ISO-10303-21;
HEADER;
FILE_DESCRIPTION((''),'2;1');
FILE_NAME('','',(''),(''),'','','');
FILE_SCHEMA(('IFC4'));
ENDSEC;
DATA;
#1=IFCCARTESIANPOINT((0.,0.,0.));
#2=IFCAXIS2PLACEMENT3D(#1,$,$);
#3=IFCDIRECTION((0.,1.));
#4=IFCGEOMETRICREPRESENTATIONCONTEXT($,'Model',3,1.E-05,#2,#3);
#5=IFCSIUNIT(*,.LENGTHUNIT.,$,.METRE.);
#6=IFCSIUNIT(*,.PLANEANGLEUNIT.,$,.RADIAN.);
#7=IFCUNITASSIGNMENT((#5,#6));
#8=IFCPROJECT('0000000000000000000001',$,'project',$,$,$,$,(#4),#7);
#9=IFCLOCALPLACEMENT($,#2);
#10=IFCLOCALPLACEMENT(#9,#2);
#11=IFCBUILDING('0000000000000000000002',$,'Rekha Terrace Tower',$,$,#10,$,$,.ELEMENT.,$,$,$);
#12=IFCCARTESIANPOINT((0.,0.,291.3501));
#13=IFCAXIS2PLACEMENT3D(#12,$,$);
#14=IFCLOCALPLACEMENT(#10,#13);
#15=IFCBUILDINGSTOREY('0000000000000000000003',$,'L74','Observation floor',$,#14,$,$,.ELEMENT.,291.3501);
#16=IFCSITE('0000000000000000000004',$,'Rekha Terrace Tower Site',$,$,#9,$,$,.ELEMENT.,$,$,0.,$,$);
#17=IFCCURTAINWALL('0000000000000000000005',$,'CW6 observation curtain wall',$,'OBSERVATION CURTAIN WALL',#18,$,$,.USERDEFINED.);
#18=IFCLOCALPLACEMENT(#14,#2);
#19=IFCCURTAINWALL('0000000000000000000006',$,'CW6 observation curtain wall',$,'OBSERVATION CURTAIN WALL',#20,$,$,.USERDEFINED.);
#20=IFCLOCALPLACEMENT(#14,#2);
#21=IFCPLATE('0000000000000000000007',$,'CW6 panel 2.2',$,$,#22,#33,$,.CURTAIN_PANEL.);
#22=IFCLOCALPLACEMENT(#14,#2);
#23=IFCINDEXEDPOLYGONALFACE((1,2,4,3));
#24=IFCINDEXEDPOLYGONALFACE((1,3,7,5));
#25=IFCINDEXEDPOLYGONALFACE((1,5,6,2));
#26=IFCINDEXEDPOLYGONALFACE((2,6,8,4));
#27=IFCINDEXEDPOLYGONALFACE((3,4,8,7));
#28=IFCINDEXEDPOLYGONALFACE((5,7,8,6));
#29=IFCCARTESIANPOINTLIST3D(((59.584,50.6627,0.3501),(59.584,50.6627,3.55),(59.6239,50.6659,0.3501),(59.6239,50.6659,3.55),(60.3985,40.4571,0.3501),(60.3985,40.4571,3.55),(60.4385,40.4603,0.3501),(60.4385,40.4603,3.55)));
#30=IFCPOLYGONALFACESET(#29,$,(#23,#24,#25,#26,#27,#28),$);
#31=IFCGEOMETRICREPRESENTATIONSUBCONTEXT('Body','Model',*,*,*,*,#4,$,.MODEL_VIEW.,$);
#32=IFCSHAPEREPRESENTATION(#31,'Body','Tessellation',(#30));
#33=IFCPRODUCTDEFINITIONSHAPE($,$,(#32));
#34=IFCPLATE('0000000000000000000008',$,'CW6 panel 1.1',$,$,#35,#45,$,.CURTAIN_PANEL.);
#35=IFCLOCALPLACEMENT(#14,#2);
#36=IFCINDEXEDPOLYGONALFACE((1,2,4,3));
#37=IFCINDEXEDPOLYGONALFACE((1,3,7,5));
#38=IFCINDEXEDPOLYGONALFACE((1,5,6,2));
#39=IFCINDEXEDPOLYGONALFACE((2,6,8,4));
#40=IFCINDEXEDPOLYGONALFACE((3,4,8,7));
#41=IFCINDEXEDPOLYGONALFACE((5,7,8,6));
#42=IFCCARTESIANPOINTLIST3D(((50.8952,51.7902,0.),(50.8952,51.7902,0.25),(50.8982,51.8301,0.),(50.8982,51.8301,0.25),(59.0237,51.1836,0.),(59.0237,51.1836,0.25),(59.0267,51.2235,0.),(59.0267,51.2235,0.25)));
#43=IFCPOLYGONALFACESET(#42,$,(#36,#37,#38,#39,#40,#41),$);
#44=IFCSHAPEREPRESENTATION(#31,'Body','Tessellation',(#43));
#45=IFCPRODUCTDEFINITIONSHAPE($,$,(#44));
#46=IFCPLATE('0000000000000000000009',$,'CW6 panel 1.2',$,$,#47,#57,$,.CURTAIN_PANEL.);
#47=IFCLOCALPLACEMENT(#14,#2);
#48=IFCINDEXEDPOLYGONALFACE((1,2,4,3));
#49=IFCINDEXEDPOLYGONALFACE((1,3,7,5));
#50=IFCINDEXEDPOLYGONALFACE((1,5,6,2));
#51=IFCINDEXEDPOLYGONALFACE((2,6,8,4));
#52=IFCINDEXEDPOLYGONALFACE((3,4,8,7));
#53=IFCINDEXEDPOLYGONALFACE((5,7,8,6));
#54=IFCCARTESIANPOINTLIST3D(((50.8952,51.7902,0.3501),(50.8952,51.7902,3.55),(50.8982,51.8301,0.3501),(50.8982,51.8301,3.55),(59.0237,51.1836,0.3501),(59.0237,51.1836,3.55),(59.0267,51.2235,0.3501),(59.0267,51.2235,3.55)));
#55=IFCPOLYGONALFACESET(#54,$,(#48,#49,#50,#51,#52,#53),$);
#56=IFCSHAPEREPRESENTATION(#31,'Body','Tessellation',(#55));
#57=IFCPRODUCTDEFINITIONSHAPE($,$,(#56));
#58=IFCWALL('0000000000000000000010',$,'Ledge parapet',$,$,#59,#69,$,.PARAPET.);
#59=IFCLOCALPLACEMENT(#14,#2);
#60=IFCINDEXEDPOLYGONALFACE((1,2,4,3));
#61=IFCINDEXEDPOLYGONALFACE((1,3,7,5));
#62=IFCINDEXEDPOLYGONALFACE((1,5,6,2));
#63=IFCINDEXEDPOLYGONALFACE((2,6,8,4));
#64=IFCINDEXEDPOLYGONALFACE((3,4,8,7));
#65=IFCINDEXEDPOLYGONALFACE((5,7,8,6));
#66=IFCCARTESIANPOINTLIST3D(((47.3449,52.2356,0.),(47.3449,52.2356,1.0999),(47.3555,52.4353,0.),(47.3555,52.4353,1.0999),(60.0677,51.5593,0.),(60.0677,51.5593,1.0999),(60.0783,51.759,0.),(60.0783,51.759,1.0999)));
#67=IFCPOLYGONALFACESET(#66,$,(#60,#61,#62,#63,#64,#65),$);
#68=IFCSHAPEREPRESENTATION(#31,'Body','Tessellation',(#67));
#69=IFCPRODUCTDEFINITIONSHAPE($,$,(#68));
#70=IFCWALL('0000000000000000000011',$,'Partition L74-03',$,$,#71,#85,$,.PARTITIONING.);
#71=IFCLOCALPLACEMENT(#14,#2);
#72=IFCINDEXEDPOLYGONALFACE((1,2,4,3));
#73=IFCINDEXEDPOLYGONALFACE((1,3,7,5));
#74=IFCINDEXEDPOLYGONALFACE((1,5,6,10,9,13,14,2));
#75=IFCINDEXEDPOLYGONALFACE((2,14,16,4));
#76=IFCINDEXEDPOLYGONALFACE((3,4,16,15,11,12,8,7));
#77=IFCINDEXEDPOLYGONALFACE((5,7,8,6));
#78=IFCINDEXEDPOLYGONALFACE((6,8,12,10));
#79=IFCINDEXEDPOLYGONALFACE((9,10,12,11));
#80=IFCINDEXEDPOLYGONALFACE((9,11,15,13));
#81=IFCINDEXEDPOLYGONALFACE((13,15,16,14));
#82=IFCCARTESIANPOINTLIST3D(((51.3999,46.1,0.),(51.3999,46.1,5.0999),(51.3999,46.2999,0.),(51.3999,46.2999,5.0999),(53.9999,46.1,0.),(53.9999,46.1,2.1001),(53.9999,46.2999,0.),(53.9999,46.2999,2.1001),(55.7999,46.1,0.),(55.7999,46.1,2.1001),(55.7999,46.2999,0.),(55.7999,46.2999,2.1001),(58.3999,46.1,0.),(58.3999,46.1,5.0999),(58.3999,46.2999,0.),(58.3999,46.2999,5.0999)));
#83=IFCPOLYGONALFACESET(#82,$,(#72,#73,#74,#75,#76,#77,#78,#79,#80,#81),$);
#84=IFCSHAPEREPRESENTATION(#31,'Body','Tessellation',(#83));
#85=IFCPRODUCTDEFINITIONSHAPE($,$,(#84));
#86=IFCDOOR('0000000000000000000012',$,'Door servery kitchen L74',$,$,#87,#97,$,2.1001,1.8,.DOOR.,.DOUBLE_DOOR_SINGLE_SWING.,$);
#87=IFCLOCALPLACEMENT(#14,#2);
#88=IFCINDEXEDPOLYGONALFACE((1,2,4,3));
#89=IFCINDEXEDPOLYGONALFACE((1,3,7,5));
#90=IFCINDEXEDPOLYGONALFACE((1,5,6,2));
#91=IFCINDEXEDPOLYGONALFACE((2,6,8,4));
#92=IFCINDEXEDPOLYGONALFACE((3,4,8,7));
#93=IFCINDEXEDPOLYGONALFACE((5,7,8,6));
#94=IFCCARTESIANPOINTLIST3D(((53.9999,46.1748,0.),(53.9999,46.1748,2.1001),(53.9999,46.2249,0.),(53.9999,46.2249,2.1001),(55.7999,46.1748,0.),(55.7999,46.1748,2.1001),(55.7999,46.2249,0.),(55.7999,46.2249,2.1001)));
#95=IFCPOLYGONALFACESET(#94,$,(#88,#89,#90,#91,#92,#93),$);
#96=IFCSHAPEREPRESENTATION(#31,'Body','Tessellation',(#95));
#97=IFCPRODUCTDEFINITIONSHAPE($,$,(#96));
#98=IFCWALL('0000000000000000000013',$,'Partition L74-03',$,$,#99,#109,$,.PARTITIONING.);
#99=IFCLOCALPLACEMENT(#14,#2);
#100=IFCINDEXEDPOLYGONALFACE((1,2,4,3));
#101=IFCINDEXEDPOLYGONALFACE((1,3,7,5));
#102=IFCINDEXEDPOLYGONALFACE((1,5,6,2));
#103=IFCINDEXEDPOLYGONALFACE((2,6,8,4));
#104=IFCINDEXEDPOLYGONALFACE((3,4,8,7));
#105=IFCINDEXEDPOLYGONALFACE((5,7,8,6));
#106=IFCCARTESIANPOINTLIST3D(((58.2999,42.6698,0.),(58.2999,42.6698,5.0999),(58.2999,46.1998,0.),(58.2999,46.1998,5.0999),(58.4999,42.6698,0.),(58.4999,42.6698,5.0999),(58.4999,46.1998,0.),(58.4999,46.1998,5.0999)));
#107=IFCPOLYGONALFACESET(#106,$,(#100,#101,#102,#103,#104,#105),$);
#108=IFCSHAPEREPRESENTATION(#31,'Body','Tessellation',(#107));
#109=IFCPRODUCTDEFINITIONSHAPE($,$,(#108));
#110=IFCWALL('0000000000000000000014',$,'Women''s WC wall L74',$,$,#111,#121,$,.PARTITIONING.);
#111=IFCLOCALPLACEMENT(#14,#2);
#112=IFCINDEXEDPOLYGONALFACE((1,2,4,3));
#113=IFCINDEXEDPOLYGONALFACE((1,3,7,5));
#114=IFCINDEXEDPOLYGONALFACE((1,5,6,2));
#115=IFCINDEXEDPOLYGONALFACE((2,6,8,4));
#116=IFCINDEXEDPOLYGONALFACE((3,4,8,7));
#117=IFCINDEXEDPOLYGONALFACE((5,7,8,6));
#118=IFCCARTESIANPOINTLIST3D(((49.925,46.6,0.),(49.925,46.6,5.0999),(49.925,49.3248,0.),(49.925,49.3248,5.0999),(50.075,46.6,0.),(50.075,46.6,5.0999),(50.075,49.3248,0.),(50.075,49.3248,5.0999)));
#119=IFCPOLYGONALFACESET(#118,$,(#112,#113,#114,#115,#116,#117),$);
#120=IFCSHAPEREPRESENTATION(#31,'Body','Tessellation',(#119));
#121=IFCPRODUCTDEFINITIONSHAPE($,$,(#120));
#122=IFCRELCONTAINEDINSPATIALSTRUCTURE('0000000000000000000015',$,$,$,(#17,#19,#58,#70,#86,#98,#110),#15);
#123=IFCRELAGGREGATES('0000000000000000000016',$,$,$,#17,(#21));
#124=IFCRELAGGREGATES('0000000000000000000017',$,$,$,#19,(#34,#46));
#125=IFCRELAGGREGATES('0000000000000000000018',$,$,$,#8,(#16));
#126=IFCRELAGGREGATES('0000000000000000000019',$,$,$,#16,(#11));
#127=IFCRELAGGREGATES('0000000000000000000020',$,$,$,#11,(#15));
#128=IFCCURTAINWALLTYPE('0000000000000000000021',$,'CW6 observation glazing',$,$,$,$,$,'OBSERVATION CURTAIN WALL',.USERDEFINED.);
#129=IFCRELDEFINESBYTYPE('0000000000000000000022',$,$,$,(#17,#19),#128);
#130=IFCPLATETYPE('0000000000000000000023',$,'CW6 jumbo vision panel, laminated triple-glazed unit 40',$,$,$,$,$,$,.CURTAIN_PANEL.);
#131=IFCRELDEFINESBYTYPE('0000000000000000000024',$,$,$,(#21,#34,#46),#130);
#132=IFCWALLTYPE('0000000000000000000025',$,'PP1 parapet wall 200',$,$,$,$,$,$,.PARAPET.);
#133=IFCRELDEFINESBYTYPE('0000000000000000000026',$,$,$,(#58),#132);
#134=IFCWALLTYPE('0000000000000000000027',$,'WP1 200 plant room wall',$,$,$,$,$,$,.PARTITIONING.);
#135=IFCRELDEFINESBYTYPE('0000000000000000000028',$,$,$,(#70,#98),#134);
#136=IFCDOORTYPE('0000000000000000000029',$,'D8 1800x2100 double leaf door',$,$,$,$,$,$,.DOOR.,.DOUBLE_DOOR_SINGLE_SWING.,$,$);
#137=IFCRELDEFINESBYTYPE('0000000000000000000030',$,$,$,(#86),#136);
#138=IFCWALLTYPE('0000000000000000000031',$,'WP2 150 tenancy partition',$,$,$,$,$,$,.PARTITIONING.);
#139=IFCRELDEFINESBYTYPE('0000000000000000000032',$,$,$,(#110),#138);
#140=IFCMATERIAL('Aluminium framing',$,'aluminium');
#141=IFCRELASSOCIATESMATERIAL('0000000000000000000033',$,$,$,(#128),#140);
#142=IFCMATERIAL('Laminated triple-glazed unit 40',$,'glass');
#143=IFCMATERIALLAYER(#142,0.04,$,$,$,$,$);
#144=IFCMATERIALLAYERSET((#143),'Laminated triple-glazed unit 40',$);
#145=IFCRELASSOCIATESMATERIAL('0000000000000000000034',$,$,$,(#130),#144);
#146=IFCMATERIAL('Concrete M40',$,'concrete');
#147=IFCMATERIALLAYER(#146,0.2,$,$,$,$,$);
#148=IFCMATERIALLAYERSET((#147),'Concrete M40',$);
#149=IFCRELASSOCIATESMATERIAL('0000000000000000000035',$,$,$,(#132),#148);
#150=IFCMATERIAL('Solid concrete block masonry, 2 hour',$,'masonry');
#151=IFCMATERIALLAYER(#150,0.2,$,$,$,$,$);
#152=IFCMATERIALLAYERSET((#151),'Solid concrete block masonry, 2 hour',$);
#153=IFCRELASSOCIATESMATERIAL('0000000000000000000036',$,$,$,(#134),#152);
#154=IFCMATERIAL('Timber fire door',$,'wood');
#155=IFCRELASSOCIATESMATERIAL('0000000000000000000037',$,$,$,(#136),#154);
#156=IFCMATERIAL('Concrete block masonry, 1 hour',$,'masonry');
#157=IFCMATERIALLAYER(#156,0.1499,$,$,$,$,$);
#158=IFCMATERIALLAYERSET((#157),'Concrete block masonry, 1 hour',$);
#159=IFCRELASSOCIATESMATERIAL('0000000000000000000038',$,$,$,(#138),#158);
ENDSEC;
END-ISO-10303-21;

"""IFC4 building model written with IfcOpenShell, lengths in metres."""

from ifc_helpers import new_model, si_unit, direction, frame, frame_2d, origin, origin_2d, place, context, subcontext, project, spatial, rectangle, extrude, material, layer, layer_set, type_object, element, fill, aggregate, save


model = new_model("IFC4")

# Units and contexts
model_context = context("Model", 3, precision=1e-05, world=origin(), true_north=direction((0.0, 1.0)))
body_context = subcontext(model_context, "Body", "Model", "MODEL_VIEW")
ifc_project = project(units=[si_unit("LENGTHUNIT", "METRE"), si_unit("PLANEANGLEUNIT", "RADIAN")], contexts=[model_context])

# Site, building, storey
site_placement = place(None, origin())
site = spatial("IfcSite", under=ifc_project, at=site_placement, Name="Rekha Terrace Tower Site", CompositionType="ELEMENT", RefElevation=0.0)
building_placement = place(site_placement, origin())
building = spatial("IfcBuilding", under=site, at=building_placement, Name="Rekha Terrace Tower", CompositionType="ELEMENT")
storey_placement = place(building_placement, frame((0.0, 0.0, 291.3501)))
storey = spatial("IfcBuildingStorey", under=building, at=storey_placement, Name="L74", Description="Observation floor", CompositionType="ELEMENT", Elevation=291.3501)

# Curtain wall
ifc_material_1 = material(Name="Aluminium framing", Category="aluminium")
curtain_wall_type = type_object("IfcCurtainWallType", Name="CW6 observation glazing", ElementType="OBSERVATION CURTAIN WALL", PredefinedType="USERDEFINED", material=ifc_material_1)
curtain_wall_1_placement = place(storey_placement, origin())
curtain_wall_1 = element("IfcCurtainWall", 1, at=curtain_wall_1_placement, inside=storey, type_object=curtain_wall_type, Name="CW6 observation curtain wall", ObjectType="OBSERVATION CURTAIN WALL", PredefinedType="USERDEFINED")

# Curtain wall
curtain_wall_2_placement = place(storey_placement, origin())
curtain_wall_2 = element("IfcCurtainWall", 2, at=curtain_wall_2_placement, inside=storey, type_object=curtain_wall_type, Name="CW6 observation curtain wall", ObjectType="OBSERVATION CURTAIN WALL", PredefinedType="USERDEFINED")

# Plates
ifc_material_2 = material(Name="Laminated triple-glazed unit 40", Category="glass")
ifc_layer_1 = layer(ifc_material_2, 0.04)
ifc_layer_set_1 = layer_set([ifc_layer_1], Name="Laminated triple-glazed unit 40")
plate_type = type_object("IfcPlateType", Name="CW6 jumbo vision panel, laminated triple-glazed unit 40", PredefinedType="CURTAIN_PANEL", material=ifc_layer_set_1)
plate_1_placement = place(storey_placement, frame((60.0112, 45.5615, 0.3501), z_axis=(0.0, 0.0, 1.0), x_axis=(-0.079559, 0.99683, 0.0)))
plate_1 = element("IfcPlate", 3, at=plate_1_placement, type_object=plate_type, Name="CW6 panel 2.2", PredefinedType="CURTAIN_PANEL", context=body_context, shape_type="SweptSolid", body=[
    extrude(rectangle(XDim=10.238, YDim=0.04, at=origin_2d()), origin(), (0.0, 0.0, 1.0), 3.2),
])
aggregate(curtain_wall_1, [plate_1])
plate_2_placement = place(storey_placement, frame((54.9609, 51.5068, 0.0), z_axis=(0.0, 0.0, 1.0), x_axis=(-0.997227, 0.074414, 0.0)))
plate_2 = element("IfcPlate", 4, at=plate_2_placement, type_object=plate_type, Name="CW6 panel 1.1", PredefinedType="CURTAIN_PANEL", context=body_context, shape_type="SweptSolid", body=[
    extrude(rectangle(XDim=8.1511, YDim=0.04, at=origin_2d()), origin(), (0.0, 0.0, 1.0), 0.25),
])
plate_3_placement = place(storey_placement, frame((54.9609, 51.5068, 0.3501), z_axis=(0.0, 0.0, 1.0), x_axis=(-0.997227, 0.074414, 0.0)))
plate_3 = element("IfcPlate", 5, at=plate_3_placement, type_object=plate_type, Name="CW6 panel 1.2", PredefinedType="CURTAIN_PANEL", context=body_context, shape_type="SweptSolid", body=[
    extrude(rectangle(XDim=8.1511, YDim=0.04, at=origin_2d()), origin(), (0.0, 0.0, 1.0), 3.2),
])
aggregate(curtain_wall_2, [plate_2, plate_3])

# Wall
ifc_material_3 = material(Name="Concrete M40", Category="concrete")
ifc_layer_2 = layer(ifc_material_3, 0.2)
ifc_layer_set_2 = layer_set([ifc_layer_2], Name="Concrete M40")
wall_type_1 = type_object("IfcWallType", Name="PP1 parapet wall 200", PredefinedType="PARAPET", material=ifc_layer_set_2)
wall_1_placement = place(storey_placement, frame((60.073, 51.6592, 0.0), z_axis=(0.0, 0.0, 1.0), x_axis=(-0.99859, 0.05308, 0.0)))
element("IfcWall", 6, at=wall_1_placement, inside=storey, type_object=wall_type_1, Name="Ledge parapet", PredefinedType="PARAPET", context=body_context, shape_type="SweptSolid", body=[
    extrude(rectangle(XDim=12.7407, YDim=0.2, at=frame_2d((6.3704, 0.0))), origin(), (0.0, 0.0, 1.0), 1.0999),
])

# Wall, opening, door
ifc_material_4 = material(Name="Solid concrete block masonry, 2 hour", Category="masonry")
ifc_layer_3 = layer(ifc_material_4, 0.2)
ifc_layer_set_3 = layer_set([ifc_layer_3], Name="Solid concrete block masonry, 2 hour")
wall_type_2 = type_object("IfcWallType", Name="WP1 200 plant room wall", PredefinedType="PARTITIONING", material=ifc_layer_set_3)
wall_2_placement = place(storey_placement, frame((51.3999, 46.2, 0.0), z_axis=(0.0, 0.0, 1.0), x_axis=(1.0, 0.0, 0.0)))
wall_2 = element("IfcWall", 7, at=wall_2_placement, inside=storey, type_object=wall_type_2, Name="Partition L74-03", PredefinedType="PARTITIONING", context=body_context, shape_type="SweptSolid", body=[
    extrude(rectangle(XDim=7.0, YDim=0.2, at=frame_2d((3.5, 0.0))), origin(), (0.0, 0.0, 1.0), 5.0999),
])
opening_placement = place(wall_2_placement, frame((2.6001, 0.0, 0.0)))
opening = element("IfcOpeningElement", 8, at=opening_placement, cuts=wall_2, PredefinedType="OPENING", context=body_context, shape_type="SweptSolid", body=[
    extrude(rectangle(XDim=1.8, YDim=2.1001, at=frame_2d((0.8999, 1.05))), frame((0.0, 0.1099, 0.0), z_axis=(0.0, -1.0, 0.0), x_axis=(1.0, 0.0, 0.0)), (0.0, 0.0, 1.0), 0.22),
])
ifc_material_5 = material(Name="Timber fire door", Category="wood")
door_type = type_object("IfcDoorType", Name="D8 1800x2100 double leaf door", OperationType="DOUBLE_DOOR_SINGLE_SWING", PredefinedType="DOOR", material=ifc_material_5)
door_placement = place(opening_placement, origin())
door = element("IfcDoor", 9, at=door_placement, inside=storey, type_object=door_type, Name="Door servery kitchen L74", OperationType="DOUBLE_DOOR_SINGLE_SWING", OverallHeight=2.1001, OverallWidth=1.8, PredefinedType="DOOR", context=body_context, shape_type="SweptSolid", body=[
    extrude(rectangle(XDim=1.8, YDim=2.1001, at=frame_2d((0.8999, 1.05))), frame((0.0, 0.0249, 0.0), z_axis=(0.0, -1.0, 0.0), x_axis=(1.0, 0.0, 0.0)), (0.0, 0.0, 1.0), 0.05),
])
fill(opening, door)

# Walls
wall_3_placement = place(storey_placement, frame((58.3999, 46.2, 0.0), z_axis=(0.0, 0.0, 1.0), x_axis=(0.0, -1.0, 0.0)))
element("IfcWall", 10, at=wall_3_placement, inside=storey, type_object=wall_type_2, Name="Partition L74-03", PredefinedType="PARTITIONING", context=body_context, shape_type="SweptSolid", body=[
    extrude(rectangle(XDim=3.53, YDim=0.2, at=frame_2d((1.7651, 0.0))), origin(), (0.0, 0.0, 1.0), 5.0999),
])
ifc_material_6 = material(Name="Concrete block masonry, 1 hour", Category="masonry")
ifc_layer_4 = layer(ifc_material_6, 0.1499)
ifc_layer_set_4 = layer_set([ifc_layer_4], Name="Concrete block masonry, 1 hour")
wall_type_3 = type_object("IfcWallType", Name="WP2 150 tenancy partition", PredefinedType="PARTITIONING", material=ifc_layer_set_4)
wall_4_placement = place(storey_placement, frame((50.0, 46.6001, 0.0), z_axis=(0.0, 0.0, 1.0), x_axis=(0.0, 1.0, 0.0)))
element("IfcWall", 11, at=wall_4_placement, inside=storey, type_object=wall_type_3, Name="Women's WC wall L74", PredefinedType="PARTITIONING", context=body_context, shape_type="SweptSolid", body=[
    extrude(rectangle(XDim=2.7249, YDim=0.1499, at=frame_2d((1.3623, 0.0))), origin(), (0.0, 0.0, 1.0), 5.0999),
])

save(model, "model.ifc")
